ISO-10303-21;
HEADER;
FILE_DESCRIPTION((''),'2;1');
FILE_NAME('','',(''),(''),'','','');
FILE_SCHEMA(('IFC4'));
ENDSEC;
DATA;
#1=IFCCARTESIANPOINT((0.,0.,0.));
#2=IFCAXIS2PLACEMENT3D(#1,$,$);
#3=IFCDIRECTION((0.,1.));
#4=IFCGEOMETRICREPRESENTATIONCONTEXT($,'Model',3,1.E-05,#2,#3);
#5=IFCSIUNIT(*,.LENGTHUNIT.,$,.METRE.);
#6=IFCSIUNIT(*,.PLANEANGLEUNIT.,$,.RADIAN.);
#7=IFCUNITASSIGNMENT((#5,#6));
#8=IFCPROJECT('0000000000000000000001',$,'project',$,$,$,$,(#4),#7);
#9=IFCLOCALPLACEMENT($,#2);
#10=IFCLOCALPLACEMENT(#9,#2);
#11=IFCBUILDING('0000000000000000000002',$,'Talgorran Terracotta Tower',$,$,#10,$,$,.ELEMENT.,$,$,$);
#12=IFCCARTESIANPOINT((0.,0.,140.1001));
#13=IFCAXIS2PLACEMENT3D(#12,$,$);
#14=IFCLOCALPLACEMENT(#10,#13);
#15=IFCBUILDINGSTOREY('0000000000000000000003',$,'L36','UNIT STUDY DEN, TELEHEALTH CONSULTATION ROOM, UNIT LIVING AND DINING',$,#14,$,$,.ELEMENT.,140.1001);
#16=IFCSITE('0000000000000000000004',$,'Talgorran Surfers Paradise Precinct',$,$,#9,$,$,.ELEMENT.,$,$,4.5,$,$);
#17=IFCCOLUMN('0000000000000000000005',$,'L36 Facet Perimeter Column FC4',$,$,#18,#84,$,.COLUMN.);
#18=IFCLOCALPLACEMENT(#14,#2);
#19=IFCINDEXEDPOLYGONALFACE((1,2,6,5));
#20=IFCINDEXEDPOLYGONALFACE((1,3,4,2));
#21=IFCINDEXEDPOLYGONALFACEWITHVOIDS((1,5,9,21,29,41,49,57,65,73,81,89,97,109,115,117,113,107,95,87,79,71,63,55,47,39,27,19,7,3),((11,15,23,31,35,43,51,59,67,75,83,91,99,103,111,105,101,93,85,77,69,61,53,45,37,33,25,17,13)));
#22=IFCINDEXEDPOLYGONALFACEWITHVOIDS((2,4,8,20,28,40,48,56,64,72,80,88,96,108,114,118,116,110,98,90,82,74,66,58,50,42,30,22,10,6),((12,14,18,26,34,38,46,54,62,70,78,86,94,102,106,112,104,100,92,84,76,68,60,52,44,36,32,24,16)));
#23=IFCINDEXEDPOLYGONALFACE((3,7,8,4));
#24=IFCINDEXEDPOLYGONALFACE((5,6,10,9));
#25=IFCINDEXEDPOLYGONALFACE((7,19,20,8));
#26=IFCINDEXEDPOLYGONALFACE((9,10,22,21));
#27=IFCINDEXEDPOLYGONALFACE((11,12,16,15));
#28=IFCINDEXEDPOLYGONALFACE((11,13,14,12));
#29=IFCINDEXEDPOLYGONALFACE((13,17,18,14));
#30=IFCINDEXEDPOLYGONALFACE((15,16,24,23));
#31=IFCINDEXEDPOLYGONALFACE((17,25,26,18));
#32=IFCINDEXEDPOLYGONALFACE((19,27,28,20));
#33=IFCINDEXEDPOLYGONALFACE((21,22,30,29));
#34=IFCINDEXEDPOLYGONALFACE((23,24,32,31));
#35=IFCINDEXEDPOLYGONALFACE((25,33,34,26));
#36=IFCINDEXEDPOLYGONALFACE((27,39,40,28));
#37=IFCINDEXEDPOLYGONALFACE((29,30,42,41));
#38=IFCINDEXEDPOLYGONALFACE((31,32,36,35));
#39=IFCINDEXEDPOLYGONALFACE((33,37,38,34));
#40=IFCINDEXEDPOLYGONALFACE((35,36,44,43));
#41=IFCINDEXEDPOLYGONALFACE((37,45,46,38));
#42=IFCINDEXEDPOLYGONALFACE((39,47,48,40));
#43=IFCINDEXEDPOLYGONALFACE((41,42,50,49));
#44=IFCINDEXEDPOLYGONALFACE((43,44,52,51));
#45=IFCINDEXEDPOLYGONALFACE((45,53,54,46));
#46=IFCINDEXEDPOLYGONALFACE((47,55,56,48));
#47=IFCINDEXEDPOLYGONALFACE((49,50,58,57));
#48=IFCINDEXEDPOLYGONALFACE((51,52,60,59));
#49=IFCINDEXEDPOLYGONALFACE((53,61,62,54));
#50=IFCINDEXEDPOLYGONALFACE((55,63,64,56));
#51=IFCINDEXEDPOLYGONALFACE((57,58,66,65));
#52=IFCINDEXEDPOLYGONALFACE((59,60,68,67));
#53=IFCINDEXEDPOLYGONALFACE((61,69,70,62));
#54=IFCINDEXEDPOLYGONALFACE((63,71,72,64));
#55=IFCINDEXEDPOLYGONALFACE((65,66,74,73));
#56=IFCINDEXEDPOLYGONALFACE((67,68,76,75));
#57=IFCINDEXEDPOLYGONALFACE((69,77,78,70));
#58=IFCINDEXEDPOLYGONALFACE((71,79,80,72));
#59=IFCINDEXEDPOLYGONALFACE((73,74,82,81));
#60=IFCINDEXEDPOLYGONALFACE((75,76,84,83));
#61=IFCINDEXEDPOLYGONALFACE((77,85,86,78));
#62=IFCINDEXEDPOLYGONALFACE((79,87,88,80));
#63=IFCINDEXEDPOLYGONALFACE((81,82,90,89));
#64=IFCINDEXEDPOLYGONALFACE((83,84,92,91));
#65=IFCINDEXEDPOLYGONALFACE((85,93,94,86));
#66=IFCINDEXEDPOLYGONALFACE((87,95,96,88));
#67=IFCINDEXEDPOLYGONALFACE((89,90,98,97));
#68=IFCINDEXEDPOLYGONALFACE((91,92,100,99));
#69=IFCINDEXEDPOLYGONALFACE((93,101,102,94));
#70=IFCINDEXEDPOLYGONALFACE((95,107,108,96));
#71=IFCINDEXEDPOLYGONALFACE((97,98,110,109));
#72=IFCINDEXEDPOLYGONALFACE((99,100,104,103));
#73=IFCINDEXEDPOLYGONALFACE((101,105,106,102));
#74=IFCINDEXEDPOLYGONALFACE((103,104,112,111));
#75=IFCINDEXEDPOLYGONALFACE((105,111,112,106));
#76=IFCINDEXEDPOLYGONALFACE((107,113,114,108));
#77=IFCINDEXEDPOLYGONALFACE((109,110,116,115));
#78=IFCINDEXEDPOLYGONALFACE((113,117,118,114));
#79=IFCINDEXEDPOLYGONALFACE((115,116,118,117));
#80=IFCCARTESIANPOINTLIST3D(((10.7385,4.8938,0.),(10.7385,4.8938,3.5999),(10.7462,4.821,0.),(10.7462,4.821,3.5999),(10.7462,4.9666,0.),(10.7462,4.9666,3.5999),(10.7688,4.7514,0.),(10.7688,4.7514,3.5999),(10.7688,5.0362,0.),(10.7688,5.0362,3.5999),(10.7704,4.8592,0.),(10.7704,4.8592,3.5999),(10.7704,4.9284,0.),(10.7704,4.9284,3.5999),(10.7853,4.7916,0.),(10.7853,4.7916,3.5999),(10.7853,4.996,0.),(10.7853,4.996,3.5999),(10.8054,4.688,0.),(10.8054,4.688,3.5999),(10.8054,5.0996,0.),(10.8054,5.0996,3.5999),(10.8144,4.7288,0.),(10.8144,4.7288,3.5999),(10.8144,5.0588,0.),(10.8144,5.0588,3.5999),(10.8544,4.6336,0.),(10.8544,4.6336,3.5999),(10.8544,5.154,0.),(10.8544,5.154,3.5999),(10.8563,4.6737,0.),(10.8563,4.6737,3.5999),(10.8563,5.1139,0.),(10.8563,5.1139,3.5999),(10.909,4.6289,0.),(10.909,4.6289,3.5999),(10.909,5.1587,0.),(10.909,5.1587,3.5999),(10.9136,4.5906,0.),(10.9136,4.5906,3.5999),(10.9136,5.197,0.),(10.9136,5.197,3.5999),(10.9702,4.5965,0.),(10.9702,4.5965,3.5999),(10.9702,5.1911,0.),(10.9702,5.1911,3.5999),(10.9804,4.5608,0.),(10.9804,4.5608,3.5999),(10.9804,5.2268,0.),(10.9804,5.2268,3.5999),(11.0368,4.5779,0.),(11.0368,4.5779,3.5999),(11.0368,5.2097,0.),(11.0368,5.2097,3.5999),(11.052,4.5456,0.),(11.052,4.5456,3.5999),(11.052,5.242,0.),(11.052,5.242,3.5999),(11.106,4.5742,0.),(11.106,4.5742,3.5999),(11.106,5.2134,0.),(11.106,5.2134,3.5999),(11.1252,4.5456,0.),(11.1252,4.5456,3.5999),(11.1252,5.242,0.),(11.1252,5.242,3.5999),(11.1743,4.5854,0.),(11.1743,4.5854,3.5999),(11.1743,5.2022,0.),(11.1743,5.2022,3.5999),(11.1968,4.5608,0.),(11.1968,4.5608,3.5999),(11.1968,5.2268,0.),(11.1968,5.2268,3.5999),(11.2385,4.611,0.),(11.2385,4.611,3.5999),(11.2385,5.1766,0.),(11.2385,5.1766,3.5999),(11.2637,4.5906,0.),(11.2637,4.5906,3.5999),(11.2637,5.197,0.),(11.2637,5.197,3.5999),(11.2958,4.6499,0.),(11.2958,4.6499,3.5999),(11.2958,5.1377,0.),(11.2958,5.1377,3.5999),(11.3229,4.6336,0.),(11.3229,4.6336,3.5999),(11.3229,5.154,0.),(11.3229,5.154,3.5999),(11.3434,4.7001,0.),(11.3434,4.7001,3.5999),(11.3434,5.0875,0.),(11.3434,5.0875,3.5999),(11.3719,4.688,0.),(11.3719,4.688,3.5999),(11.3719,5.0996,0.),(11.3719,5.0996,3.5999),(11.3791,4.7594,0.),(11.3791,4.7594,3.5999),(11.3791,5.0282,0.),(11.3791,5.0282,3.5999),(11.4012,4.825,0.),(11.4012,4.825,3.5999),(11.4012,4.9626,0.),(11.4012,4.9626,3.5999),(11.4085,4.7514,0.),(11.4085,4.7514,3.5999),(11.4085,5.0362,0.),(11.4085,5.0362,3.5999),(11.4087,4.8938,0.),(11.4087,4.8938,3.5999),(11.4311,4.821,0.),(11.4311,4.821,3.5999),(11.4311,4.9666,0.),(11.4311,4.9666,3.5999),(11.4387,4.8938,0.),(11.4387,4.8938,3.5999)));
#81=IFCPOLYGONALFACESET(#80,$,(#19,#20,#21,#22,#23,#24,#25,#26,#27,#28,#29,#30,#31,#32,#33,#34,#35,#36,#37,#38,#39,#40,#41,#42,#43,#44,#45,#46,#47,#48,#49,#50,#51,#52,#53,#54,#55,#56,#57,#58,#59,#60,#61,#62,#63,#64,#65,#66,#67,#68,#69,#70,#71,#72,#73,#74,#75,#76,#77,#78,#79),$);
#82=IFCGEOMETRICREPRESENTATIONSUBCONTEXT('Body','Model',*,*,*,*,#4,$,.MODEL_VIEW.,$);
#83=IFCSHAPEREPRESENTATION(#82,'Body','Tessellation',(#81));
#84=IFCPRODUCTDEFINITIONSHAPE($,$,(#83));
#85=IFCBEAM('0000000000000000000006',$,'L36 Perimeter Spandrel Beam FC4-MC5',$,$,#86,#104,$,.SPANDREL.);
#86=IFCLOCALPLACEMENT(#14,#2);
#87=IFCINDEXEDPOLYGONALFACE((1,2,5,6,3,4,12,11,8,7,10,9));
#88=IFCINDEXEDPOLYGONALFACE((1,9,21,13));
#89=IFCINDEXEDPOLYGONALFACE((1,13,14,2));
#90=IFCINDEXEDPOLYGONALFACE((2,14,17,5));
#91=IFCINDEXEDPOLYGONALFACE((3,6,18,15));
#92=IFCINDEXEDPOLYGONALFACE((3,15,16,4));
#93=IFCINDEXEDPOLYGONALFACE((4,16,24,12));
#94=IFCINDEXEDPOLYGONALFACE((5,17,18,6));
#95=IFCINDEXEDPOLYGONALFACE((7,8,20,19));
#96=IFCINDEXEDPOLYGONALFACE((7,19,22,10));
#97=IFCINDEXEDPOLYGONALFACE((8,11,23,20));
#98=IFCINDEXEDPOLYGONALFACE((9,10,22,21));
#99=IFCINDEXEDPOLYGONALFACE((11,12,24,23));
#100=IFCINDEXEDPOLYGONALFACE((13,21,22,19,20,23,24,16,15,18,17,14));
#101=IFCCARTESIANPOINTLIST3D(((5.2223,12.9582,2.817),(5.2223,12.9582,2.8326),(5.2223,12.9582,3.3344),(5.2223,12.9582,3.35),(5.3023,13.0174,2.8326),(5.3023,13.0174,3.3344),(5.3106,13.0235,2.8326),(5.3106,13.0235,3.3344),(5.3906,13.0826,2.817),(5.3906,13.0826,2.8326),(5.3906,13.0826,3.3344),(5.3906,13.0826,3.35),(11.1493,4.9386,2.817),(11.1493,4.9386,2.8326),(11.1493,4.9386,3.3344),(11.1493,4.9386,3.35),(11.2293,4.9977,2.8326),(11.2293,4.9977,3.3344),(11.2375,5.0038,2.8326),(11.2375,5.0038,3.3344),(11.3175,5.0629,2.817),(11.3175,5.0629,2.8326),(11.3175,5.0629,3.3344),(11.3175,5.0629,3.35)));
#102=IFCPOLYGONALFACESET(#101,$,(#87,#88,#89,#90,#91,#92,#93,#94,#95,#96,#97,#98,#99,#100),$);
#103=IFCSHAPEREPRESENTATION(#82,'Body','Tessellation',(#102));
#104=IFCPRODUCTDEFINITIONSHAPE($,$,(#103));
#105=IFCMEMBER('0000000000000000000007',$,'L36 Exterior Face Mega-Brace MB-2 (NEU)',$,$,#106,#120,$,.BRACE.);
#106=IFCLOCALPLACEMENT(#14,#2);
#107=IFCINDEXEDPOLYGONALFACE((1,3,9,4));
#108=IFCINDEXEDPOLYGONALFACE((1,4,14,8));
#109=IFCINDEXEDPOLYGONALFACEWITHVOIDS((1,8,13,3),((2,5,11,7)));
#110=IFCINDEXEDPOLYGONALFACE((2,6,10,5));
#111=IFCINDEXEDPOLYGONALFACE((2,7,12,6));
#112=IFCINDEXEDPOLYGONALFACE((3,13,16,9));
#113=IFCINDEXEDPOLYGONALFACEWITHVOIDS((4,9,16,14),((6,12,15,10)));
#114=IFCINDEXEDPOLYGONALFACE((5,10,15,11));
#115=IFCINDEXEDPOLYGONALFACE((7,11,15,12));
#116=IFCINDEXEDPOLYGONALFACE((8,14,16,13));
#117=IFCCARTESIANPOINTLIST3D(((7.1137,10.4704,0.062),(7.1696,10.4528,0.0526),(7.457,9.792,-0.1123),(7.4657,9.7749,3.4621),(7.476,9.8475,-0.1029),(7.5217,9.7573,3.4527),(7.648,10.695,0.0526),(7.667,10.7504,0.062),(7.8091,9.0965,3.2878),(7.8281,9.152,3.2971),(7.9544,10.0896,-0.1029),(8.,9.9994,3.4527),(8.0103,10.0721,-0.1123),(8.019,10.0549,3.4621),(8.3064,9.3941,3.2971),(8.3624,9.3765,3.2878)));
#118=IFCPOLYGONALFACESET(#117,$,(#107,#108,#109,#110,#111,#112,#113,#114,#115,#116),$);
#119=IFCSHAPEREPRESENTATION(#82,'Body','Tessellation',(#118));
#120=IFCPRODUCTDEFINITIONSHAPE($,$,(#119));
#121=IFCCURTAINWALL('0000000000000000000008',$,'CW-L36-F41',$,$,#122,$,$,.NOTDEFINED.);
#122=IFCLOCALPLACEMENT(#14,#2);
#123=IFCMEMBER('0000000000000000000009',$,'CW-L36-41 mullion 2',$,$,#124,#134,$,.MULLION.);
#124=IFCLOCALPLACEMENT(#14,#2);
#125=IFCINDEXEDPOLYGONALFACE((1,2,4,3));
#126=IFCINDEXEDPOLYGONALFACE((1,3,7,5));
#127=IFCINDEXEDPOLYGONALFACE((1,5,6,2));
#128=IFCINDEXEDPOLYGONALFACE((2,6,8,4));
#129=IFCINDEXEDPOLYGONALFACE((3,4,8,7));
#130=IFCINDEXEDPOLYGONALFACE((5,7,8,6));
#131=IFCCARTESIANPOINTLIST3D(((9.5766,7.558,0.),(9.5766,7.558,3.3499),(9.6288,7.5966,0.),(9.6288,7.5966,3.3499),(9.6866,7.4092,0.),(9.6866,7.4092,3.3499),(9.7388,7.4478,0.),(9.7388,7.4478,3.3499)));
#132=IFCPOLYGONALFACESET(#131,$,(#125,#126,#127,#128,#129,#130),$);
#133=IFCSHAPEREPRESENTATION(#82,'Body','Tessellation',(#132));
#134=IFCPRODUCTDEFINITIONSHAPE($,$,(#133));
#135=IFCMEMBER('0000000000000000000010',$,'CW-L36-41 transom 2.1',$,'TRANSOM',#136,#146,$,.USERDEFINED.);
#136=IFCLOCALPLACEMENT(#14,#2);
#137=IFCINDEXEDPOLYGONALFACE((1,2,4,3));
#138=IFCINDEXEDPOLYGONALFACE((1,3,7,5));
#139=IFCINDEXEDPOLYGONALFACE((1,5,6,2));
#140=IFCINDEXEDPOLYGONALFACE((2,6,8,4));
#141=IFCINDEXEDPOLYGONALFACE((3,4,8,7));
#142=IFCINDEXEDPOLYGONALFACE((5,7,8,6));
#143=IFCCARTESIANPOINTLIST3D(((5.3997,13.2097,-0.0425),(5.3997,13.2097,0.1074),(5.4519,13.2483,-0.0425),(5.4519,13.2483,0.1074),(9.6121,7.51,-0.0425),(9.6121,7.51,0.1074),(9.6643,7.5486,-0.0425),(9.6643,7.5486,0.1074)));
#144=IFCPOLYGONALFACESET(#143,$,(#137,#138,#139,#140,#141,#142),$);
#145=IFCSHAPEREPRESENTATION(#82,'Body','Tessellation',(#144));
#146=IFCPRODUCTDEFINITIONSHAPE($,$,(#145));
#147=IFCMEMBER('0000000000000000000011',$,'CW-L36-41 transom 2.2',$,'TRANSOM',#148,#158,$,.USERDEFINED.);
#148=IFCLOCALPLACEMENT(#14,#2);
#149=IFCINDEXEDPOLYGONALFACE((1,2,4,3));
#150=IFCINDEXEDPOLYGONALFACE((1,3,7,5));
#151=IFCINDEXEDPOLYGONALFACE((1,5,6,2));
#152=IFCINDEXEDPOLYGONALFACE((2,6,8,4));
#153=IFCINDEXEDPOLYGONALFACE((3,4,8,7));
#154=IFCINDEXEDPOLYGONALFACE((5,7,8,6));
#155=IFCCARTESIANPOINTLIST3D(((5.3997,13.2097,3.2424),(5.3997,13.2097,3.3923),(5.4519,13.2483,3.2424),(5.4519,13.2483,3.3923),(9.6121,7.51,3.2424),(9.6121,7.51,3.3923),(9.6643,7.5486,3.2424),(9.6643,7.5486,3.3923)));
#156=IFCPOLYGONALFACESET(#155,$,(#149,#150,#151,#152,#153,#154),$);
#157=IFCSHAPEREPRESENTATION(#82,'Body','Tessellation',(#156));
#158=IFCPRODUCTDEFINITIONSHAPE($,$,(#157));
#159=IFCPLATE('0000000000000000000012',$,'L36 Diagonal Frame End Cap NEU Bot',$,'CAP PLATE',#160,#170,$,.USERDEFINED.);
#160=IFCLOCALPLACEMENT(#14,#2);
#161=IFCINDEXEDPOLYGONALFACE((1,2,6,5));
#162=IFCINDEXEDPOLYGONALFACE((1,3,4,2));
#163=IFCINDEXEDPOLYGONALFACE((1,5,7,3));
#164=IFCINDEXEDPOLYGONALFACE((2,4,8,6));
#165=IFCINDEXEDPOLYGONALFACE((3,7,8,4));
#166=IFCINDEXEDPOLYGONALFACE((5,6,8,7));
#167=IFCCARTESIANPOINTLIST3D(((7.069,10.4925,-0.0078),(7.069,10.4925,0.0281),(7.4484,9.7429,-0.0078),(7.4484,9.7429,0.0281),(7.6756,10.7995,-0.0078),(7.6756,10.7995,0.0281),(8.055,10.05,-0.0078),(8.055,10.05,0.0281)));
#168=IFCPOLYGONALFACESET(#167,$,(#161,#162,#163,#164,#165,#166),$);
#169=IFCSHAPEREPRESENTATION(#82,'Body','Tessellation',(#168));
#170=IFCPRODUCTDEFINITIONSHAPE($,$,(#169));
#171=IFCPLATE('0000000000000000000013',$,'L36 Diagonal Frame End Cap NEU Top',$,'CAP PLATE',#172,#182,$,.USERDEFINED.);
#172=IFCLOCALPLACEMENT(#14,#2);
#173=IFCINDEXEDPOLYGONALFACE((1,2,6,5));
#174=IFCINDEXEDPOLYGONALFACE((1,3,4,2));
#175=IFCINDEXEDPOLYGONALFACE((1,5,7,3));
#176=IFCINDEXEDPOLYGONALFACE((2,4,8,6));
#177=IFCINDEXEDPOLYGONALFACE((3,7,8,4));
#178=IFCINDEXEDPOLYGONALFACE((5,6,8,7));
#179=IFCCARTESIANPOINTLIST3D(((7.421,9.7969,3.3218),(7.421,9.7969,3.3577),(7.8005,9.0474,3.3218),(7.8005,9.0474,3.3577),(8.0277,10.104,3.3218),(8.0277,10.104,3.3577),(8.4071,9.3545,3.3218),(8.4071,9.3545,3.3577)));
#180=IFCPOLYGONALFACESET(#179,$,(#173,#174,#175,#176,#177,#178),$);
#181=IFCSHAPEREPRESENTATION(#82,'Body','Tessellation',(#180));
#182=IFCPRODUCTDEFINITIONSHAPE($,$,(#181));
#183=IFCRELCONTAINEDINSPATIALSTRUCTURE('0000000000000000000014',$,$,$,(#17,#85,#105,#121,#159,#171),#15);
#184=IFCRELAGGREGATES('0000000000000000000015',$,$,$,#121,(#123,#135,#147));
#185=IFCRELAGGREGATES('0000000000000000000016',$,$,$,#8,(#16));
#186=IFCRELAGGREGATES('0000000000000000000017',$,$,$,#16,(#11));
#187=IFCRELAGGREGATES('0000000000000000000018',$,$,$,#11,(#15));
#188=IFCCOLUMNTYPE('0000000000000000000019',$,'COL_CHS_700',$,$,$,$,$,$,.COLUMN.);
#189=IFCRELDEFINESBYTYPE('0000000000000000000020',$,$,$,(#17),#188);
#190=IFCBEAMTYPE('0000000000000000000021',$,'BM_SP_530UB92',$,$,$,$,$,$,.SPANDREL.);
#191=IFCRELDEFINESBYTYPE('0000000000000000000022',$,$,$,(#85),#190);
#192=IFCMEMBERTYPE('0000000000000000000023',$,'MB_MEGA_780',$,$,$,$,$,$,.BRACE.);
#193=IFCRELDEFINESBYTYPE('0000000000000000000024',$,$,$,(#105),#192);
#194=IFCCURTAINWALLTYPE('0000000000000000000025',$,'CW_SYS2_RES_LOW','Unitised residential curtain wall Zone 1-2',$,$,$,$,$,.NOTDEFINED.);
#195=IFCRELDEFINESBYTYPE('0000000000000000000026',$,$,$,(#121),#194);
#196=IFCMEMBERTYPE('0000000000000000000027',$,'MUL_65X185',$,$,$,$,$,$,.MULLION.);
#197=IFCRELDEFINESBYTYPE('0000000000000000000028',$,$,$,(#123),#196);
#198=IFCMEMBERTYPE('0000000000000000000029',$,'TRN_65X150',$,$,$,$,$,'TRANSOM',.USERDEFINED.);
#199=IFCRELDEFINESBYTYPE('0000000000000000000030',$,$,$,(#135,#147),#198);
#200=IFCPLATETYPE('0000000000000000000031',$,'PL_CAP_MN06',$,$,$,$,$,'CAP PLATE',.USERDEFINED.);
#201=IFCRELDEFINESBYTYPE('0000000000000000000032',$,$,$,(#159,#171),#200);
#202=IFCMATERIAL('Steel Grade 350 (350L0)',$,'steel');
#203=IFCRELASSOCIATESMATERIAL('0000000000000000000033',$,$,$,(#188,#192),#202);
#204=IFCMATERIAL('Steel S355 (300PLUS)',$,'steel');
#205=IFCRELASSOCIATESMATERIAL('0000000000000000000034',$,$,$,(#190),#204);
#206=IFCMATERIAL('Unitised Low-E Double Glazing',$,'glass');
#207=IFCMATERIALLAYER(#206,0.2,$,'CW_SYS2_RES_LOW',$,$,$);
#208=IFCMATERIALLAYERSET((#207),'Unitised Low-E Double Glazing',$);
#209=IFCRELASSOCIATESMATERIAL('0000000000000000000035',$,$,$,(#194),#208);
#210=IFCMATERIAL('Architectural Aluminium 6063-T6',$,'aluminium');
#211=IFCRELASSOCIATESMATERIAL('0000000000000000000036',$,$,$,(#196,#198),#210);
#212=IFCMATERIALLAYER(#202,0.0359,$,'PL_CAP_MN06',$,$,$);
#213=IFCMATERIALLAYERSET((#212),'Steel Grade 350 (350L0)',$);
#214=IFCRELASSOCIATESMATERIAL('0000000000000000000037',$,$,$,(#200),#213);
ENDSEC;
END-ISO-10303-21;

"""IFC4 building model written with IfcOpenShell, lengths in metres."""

from ifc_helpers import new_model, si_unit, direction, frame, origin, origin_2d, place, context, subcontext, project, spatial, rectangle, hollow_rectangle, hollow_circle, i_section, extrude, material, layer, layer_set, material_profile, profile_set, type_object, element, aggregate, save


model = new_model("IFC4")

# Units and contexts
model_context = context("Model", 3, precision=1e-05, world=origin(), true_north=direction((0.0, 1.0)))
body_context = subcontext(model_context, "Body", "Model", "MODEL_VIEW")
ifc_project = project(units=[si_unit("LENGTHUNIT", "METRE"), si_unit("PLANEANGLEUNIT", "RADIAN")], contexts=[model_context])

# Site, building, storey
site_placement = place(None, origin())
site = spatial("IfcSite", under=ifc_project, at=site_placement, Name="Talgorran Surfers Paradise Precinct", CompositionType="ELEMENT", RefElevation=4.5)
building_placement = place(site_placement, origin())
building = spatial("IfcBuilding", under=site, at=building_placement, Name="Talgorran Terracotta Tower", CompositionType="ELEMENT")
storey_placement = place(building_placement, frame((0.0, 0.0, 140.1001)))
storey = spatial("IfcBuildingStorey", under=building, at=storey_placement, Name="L36", Description="UNIT STUDY DEN, TELEHEALTH CONSULTATION ROOM, UNIT LIVING AND DINING", CompositionType="ELEMENT", Elevation=140.1001)

# Column
ifc_material_1 = material(Name="Steel Grade 350 (350L0)", Category="steel")
ifc_material_profile_1 = material_profile(ifc_material_1, hollow_circle(Radius=0.3501, WallThickness=0.03, at=origin_2d()), Name="CHS700X30")
ifc_profile_set_1 = profile_set([ifc_material_profile_1], Name="Steel Grade 350 (350L0)")
column_type = type_object("IfcColumnType", Name="COL_CHS_700", PredefinedType="COLUMN", material=ifc_profile_set_1)
column_placement = place(storey_placement, frame((11.0886, 4.8938, 0.0), z_axis=(0.0, 0.0, 1.0), x_axis=(1.0, 0.0, 0.0)))
element("IfcColumn", 1, at=column_placement, inside=storey, type_object=column_type, Name="L36 Facet Perimeter Column FC4", PredefinedType="COLUMN", context=body_context, shape_type="SweptSolid", body=[
    extrude(hollow_circle(Radius=0.3501, WallThickness=0.03, at=origin_2d()), origin(), (0.0, 0.0, 1.0), 3.5999),
])

# Beam
ifc_material_2 = material(Name="Steel S355 (300PLUS)", Category="steel")
ifc_material_profile_2 = material_profile(ifc_material_2, i_section(OverallWidth=0.2092, OverallDepth=0.533, WebThickness=0.0103, FlangeThickness=0.0156, at=origin_2d()), Name="530UB92.4")
ifc_profile_set_2 = profile_set([ifc_material_profile_2], Name="Steel S355 (300PLUS)")
beam_type = type_object("IfcBeamType", Name="BM_SP_530UB92", PredefinedType="SPANDREL", material=ifc_profile_set_2)
beam_placement = place(storey_placement, frame((11.2334, 5.0007, 3.0835), z_axis=(-0.594348, 0.804208, 0.0), x_axis=(-0.804208, -0.594348, 0.0)))
element("IfcBeam", 2, at=beam_placement, inside=storey, type_object=beam_type, Name="L36 Perimeter Spandrel Beam FC4-MC5", PredefinedType="SPANDREL", context=body_context, shape_type="SweptSolid", body=[
    extrude(i_section(OverallWidth=0.2092, OverallDepth=0.533, WebThickness=0.0103, FlangeThickness=0.0156, at=origin_2d()), origin(), (0.0, 0.0, 1.0), 9.9722),
])

# Member
ifc_material_profile_3 = material_profile(ifc_material_1, hollow_rectangle(XDim=0.6201, YDim=0.78, WallThickness=0.042, at=origin_2d()), Name="WBOX780X620X42")
ifc_profile_set_3 = profile_set([ifc_material_profile_3], Name="Steel Grade 350 (350L0)")
member_type_1 = type_object("IfcMemberType", Name="MB_MEGA_780", PredefinedType="BRACE", material=ifc_profile_set_3)
member_1_placement = place(storey_placement, frame((7.562, 10.2712, -0.0251), z_axis=(0.100921, -0.199393, 0.974709), x_axis=(0.892224, 0.451593, 0.0)))
element("IfcMember", 3, at=member_1_placement, inside=storey, type_object=member_type_1, Name="L36 Exterior Face Mega-Brace MB-2 (NEU)", PredefinedType="BRACE", context=body_context, shape_type="SweptSolid", body=[
    extrude(hollow_rectangle(XDim=0.6201, YDim=0.78, WallThickness=0.042, at=origin_2d()), origin(), (0.0, 0.0, 1.0), 3.4883),
])

# Curtain wall, members
ifc_material_3 = material(Name="Unitised Low-E Double Glazing", Category="glass")
ifc_layer_1 = layer(ifc_material_3, 0.2, Name="CW_SYS2_RES_LOW")
ifc_layer_set_1 = layer_set([ifc_layer_1], Name="Unitised Low-E Double Glazing")
curtain_wall_type = type_object("IfcCurtainWallType", Name="CW_SYS2_RES_LOW", Description="Unitised residential curtain wall Zone 1-2", PredefinedType="NOTDEFINED", material=ifc_layer_set_1)
curtain_wall_placement = place(storey_placement, origin())
curtain_wall = element("IfcCurtainWall", 4, at=curtain_wall_placement, inside=storey, type_object=curtain_wall_type, Name="CW-L36-F41", PredefinedType="NOTDEFINED")
ifc_material_4 = material(Name="Architectural Aluminium 6063-T6", Category="aluminium")
ifc_material_profile_4 = material_profile(ifc_material_4, rectangle(XDim=0.0649, YDim=0.1851, at=origin_2d()), Name="CWM65X185")
ifc_profile_set_4 = profile_set([ifc_material_profile_4], Name="Architectural Aluminium 6063-T6")
member_type_2 = type_object("IfcMemberType", Name="MUL_65X185", PredefinedType="MULLION", material=ifc_profile_set_4)
member_2_placement = place(storey_placement, frame((9.6577, 7.5029, 0.0), z_axis=(0.0, 0.0, 1.0), x_axis=(-0.804201, -0.594357, 0.0)))
member_2 = element("IfcMember", 5, at=member_2_placement, type_object=member_type_2, Name="CW-L36-41 mullion 2", PredefinedType="MULLION", context=body_context, shape_type="SweptSolid", body=[
    extrude(rectangle(XDim=0.0649, YDim=0.1851, at=origin_2d()), origin(), (0.0, 0.0, 1.0), 3.3499),
])
ifc_material_profile_5 = material_profile(ifc_material_4, rectangle(XDim=0.0649, YDim=0.1499, at=origin_2d()), Name="CWT65X150")
ifc_profile_set_5 = profile_set([ifc_material_profile_5], Name="Architectural Aluminium 6063-T6")
member_type_3 = type_object("IfcMemberType", Name="TRN_65X150", ElementType="TRANSOM", PredefinedType="USERDEFINED", material=ifc_profile_set_5)
member_3_placement = place(storey_placement, frame((9.6382, 7.5293, 0.0325), z_axis=(-0.594352, 0.804205, 0.0), x_axis=(-0.804205, -0.594352, 0.0)))
member_3 = element("IfcMember", 6, at=member_3_placement, type_object=member_type_3, Name="CW-L36-41 transom 2.1", ObjectType="TRANSOM", PredefinedType="USERDEFINED", context=body_context, shape_type="SweptSolid", body=[
    extrude(rectangle(XDim=0.0649, YDim=0.1499, at=origin_2d()), origin(), (0.0, 0.0, 1.0), 7.0874),
])
member_4_placement = place(storey_placement, frame((9.6382, 7.5293, 3.3174), z_axis=(-0.594352, 0.804205, 0.0), x_axis=(-0.804205, -0.594352, 0.0)))
member_4 = element("IfcMember", 7, at=member_4_placement, type_object=member_type_3, Name="CW-L36-41 transom 2.2", ObjectType="TRANSOM", PredefinedType="USERDEFINED", context=body_context, shape_type="SweptSolid", body=[
    extrude(rectangle(XDim=0.0649, YDim=0.1499, at=origin_2d()), origin(), (0.0, 0.0, 1.0), 7.0874),
])

# Plates
ifc_layer_2 = layer(ifc_material_1, 0.0359, Name="PL_CAP_MN06")
ifc_layer_set_2 = layer_set([ifc_layer_2], Name="Steel Grade 350 (350L0)")
plate_type_1 = type_object("IfcPlateType", Name="PL_CAP_MN06", ElementType="CAP PLATE", PredefinedType="USERDEFINED", material=ifc_layer_set_2)
for number, where, z_axis, x_axis, name in (
    (8, (7.562, 10.2712, -0.0078), (0.0, 0.0, 1.0), (0.451656, -0.892192, 0.0), "L36 Diagonal Frame End Cap NEU Bot"),
    (9, (7.9141, 9.5757, 3.3218), (0.0, 0.0, 1.0), (0.451656, -0.892192, 0.0), "L36 Diagonal Frame End Cap NEU Top"),
):
    element("IfcPlate", number, at=place(storey_placement, frame(where, z_axis=z_axis, x_axis=x_axis)), inside=storey, type_object=plate_type_1, Name=name, ObjectType="CAP PLATE", PredefinedType="USERDEFINED", context=body_context, shape_type="SweptSolid", body=[
        extrude(rectangle(XDim=0.8401, YDim=0.6799, at=origin_2d()), origin(), (0.0, 0.0, 1.0), 0.0359),
    ])

aggregate(curtain_wall, [member_2, member_3, member_4])

save(model, "model.ifc")
